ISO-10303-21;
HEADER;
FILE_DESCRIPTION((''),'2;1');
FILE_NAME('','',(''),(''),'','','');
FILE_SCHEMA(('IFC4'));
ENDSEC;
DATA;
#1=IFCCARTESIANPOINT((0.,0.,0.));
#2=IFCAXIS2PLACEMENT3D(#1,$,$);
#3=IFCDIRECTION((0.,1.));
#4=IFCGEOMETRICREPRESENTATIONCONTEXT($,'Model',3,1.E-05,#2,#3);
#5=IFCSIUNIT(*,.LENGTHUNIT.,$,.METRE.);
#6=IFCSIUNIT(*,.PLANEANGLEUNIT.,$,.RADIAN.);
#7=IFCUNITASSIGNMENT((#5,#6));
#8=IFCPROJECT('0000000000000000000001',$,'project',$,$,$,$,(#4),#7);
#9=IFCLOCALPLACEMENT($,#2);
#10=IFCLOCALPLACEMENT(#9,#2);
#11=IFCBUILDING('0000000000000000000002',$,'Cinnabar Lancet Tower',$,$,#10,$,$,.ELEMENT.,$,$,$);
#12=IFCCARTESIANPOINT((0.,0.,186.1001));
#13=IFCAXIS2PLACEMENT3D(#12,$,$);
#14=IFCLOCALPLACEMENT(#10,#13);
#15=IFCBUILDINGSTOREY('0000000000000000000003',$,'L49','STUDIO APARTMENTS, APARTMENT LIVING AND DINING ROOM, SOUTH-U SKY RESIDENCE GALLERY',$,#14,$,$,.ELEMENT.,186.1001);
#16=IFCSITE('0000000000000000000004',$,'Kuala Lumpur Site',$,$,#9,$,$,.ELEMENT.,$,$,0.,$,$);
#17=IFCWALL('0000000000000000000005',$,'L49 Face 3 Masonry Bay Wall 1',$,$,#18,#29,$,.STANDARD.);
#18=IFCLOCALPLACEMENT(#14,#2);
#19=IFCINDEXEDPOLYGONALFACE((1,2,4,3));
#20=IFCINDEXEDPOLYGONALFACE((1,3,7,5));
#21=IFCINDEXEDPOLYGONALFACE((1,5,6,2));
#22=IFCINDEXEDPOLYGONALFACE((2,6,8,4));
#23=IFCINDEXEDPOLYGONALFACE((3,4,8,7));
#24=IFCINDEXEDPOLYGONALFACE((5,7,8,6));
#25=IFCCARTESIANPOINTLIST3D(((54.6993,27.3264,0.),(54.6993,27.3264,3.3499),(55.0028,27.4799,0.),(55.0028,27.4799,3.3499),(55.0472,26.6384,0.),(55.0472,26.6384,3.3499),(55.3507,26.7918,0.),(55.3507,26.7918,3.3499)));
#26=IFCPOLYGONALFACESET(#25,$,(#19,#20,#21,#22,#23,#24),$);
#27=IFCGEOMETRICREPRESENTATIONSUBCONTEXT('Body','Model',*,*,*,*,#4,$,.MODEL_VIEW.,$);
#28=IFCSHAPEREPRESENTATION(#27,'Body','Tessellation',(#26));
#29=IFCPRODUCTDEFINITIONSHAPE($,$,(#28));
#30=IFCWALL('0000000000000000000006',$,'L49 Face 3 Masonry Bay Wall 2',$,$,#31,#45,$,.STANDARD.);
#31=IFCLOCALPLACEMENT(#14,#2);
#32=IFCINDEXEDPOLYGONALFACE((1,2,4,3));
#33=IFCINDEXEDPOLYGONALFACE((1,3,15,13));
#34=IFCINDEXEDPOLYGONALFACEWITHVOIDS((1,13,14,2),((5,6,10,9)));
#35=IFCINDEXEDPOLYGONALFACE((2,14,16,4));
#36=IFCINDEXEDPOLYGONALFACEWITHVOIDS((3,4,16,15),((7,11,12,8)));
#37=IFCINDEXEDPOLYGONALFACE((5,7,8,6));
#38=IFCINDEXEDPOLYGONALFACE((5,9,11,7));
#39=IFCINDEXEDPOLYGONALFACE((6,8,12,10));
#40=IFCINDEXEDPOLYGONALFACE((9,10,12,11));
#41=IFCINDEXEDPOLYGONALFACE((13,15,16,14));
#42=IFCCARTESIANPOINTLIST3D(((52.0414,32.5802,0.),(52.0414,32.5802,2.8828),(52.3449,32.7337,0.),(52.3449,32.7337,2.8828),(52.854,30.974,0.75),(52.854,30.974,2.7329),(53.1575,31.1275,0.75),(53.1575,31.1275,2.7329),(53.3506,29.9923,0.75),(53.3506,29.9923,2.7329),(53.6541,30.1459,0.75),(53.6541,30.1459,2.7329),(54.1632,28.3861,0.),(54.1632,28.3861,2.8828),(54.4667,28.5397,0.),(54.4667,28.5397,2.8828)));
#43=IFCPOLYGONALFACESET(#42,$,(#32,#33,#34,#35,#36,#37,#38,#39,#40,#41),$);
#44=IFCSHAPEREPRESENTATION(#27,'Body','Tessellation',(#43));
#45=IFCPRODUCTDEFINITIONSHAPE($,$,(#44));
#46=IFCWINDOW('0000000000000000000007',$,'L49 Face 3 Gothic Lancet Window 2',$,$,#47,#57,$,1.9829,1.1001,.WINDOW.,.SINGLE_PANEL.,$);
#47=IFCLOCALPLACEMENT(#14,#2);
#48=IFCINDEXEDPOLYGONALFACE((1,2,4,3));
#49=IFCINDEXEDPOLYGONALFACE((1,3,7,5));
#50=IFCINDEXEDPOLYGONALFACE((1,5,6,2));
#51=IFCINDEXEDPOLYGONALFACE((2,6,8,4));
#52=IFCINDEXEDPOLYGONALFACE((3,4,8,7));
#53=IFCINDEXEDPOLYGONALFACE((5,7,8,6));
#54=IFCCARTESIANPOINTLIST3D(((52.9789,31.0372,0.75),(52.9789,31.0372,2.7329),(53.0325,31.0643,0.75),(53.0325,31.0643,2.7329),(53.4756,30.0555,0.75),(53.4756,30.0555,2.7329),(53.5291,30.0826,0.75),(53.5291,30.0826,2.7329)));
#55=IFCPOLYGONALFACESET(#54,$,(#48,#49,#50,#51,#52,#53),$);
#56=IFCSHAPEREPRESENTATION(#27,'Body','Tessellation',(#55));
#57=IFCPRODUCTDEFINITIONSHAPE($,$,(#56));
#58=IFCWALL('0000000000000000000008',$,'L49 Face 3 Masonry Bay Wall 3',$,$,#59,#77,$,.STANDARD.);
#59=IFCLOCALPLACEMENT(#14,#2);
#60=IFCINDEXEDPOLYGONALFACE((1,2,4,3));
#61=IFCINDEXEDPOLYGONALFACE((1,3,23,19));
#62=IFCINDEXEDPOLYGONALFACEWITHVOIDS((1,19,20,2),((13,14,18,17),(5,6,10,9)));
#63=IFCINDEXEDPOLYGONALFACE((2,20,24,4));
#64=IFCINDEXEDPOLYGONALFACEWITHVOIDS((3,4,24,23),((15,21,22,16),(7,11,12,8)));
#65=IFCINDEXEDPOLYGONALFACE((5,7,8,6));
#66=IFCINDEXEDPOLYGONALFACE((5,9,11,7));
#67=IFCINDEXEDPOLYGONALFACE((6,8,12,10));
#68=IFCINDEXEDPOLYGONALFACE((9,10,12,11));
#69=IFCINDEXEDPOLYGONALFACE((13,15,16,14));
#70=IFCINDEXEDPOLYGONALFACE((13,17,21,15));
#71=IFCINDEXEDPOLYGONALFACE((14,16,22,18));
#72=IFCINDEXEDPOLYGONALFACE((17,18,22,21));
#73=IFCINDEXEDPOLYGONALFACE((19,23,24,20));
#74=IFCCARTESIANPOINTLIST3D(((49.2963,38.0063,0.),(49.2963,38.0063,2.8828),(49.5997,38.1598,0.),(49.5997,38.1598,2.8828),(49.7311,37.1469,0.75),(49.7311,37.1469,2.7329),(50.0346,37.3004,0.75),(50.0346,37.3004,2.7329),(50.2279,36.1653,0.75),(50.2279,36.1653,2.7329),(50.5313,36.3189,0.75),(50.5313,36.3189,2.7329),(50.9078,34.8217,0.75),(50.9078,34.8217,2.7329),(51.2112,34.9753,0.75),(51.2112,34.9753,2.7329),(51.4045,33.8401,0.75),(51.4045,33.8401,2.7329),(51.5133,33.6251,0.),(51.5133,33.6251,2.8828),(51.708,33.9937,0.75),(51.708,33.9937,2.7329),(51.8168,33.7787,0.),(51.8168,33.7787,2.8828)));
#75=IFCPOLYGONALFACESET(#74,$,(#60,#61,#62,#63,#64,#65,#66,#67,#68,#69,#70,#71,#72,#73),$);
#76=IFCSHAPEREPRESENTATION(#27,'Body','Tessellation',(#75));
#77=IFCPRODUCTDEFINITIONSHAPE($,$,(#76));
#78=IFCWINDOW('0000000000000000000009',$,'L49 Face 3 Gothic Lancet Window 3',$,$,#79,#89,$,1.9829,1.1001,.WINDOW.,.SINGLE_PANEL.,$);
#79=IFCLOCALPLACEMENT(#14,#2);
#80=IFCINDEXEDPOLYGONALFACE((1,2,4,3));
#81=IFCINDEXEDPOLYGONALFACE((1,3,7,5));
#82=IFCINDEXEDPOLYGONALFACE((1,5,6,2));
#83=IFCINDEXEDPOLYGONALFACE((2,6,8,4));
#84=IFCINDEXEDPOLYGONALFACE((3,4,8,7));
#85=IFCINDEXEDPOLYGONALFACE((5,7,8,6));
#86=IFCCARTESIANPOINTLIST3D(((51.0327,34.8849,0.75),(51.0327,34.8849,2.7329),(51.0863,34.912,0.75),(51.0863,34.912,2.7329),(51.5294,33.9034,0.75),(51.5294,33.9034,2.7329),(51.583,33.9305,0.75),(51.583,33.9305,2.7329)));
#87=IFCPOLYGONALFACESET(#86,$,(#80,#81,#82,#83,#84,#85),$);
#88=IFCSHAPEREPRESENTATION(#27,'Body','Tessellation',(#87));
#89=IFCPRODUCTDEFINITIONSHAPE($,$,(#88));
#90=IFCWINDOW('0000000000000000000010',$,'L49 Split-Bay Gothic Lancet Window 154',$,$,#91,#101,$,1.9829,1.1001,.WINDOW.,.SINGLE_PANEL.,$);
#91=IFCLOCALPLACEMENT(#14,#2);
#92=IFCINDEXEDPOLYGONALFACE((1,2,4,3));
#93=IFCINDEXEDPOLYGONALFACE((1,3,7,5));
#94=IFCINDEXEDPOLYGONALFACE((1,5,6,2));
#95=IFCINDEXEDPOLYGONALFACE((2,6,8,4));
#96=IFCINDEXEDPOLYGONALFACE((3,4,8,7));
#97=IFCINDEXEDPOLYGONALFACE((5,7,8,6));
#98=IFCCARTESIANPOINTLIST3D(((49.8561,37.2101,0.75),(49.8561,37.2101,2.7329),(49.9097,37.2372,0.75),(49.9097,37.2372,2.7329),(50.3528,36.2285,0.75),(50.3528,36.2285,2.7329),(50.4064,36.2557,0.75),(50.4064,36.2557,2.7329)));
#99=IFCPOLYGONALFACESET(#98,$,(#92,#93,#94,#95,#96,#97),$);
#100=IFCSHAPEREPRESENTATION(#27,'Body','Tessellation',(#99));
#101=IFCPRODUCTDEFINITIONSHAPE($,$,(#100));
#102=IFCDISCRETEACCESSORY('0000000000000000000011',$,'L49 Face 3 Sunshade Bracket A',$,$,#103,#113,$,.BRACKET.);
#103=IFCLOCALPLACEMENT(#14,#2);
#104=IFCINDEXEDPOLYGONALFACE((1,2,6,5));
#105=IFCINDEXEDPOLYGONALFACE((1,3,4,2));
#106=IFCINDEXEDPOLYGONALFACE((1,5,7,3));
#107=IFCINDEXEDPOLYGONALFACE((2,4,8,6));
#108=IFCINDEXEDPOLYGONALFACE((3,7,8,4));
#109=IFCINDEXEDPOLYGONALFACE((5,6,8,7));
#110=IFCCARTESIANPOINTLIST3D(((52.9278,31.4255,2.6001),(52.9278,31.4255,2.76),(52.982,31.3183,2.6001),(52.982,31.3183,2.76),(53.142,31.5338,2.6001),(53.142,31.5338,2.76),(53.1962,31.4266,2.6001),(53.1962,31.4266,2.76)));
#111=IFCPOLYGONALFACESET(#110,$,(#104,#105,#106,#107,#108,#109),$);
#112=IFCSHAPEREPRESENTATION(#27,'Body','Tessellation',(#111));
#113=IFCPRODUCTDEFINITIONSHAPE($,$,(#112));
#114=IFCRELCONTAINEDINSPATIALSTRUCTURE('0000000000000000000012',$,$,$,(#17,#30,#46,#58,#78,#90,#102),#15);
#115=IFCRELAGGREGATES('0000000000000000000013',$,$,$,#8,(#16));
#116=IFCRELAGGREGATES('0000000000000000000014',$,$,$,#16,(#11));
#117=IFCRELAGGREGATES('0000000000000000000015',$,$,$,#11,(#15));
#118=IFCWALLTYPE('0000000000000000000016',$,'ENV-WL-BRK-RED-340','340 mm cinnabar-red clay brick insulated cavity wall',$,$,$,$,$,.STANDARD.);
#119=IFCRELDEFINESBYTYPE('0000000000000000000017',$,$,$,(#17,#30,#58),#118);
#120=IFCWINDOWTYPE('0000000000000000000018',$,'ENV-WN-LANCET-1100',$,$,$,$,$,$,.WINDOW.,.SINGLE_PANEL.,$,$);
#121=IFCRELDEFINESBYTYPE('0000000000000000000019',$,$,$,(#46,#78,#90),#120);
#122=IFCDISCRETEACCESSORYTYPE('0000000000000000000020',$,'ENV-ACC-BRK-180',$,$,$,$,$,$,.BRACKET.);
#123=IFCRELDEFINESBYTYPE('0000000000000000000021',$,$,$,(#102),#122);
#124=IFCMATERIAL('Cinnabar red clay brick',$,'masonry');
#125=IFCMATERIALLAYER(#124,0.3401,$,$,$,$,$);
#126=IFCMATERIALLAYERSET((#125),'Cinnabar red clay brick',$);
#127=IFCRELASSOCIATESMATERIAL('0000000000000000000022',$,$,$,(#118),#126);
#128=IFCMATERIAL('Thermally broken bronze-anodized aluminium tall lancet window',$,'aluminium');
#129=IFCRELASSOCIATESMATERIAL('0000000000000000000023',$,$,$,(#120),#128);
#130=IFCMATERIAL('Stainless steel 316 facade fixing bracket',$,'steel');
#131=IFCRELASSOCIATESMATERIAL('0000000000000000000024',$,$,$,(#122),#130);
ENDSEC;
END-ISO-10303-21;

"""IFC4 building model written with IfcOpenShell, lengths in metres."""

from ifc_helpers import new_model, si_unit, direction, frame, frame_2d, origin, origin_2d, place, context, subcontext, project, spatial, rectangle, extrude, material, layer, layer_set, type_object, element, fill, save


model = new_model("IFC4")

# Units and contexts
model_context = context("Model", 3, precision=1e-05, world=origin(), true_north=direction((0.0, 1.0)))
body_context = subcontext(model_context, "Body", "Model", "MODEL_VIEW")
ifc_project = project(units=[si_unit("LENGTHUNIT", "METRE"), si_unit("PLANEANGLEUNIT", "RADIAN")], contexts=[model_context])

# Site, building, storey
site_placement = place(None, origin())
site = spatial("IfcSite", under=ifc_project, at=site_placement, Name="Kuala Lumpur Site", CompositionType="ELEMENT", RefElevation=0.0)
building_placement = place(site_placement, origin())
building = spatial("IfcBuilding", under=site, at=building_placement, Name="Cinnabar Lancet Tower", CompositionType="ELEMENT")
storey_placement = place(building_placement, frame((0.0, 0.0, 186.1001)))
storey = spatial("IfcBuildingStorey", under=building, at=storey_placement, Name="L49", Description="STUDIO APARTMENTS, APARTMENT LIVING AND DINING ROOM, SOUTH-U SKY RESIDENCE GALLERY", CompositionType="ELEMENT", Elevation=186.1001)

# Wall
ifc_material_1 = material(Name="Cinnabar red clay brick", Category="masonry")
ifc_layer_1 = layer(ifc_material_1, 0.3401)
ifc_layer_set_1 = layer_set([ifc_layer_1], Name="Cinnabar red clay brick")
wall_type_1 = type_object("IfcWallType", Name="ENV-WL-BRK-RED-340", Description="340 mm cinnabar-red clay brick insulated cavity wall", PredefinedType="STANDARD", material=ifc_layer_set_1)
wall_1_placement = place(storey_placement, frame((55.199, 26.7151, 0.0), z_axis=(0.0, 0.0, 1.0), x_axis=(-0.451262, 0.892391, 0.0)))
element("IfcWall", 1, at=wall_1_placement, inside=storey, type_object=wall_type_1, Name="L49 Face 3 Masonry Bay Wall 1", PredefinedType="STANDARD", context=body_context, shape_type="SweptSolid", body=[
    extrude(rectangle(XDim=0.771, YDim=0.3401, at=frame_2d((0.3855, 0.0))), origin(), (0.0, 0.0, 1.0), 3.3499),
])

# Wall, opening, window
wall_2_placement = place(storey_placement, frame((54.3149, 28.4629, 0.0), z_axis=(0.0, 0.0, 1.0), x_axis=(-0.451426, 0.892308, 0.0)))
wall_2 = element("IfcWall", 2, at=wall_2_placement, inside=storey, type_object=wall_type_1, Name="L49 Face 3 Masonry Bay Wall 2", PredefinedType="STANDARD", context=body_context, shape_type="SweptSolid", body=[
    extrude(rectangle(XDim=4.7002, YDim=0.3401, at=frame_2d((2.3501, 0.0))), origin(), (0.0, 0.0, 1.0), 2.8828),
])
opening_1_placement = place(wall_2_placement, frame((1.8, 0.0, 0.75)))
opening_1 = element("IfcOpeningElement", 3, at=opening_1_placement, cuts=wall_2, PredefinedType="OPENING", context=body_context, shape_type="SweptSolid", body=[
    extrude(rectangle(XDim=1.1001, YDim=1.9829, at=frame_2d((0.55, 0.9915))), frame((0.0, 0.1799, 0.0), z_axis=(0.0, -1.0, 0.0), x_axis=(1.0, 0.0, 0.0)), (0.0, 0.0, 1.0), 0.3601),
])
ifc_material_2 = material(Name="Thermally broken bronze-anodized aluminium tall lancet window", Category="aluminium")
window_type = type_object("IfcWindowType", Name="ENV-WN-LANCET-1100", PartitioningType="SINGLE_PANEL", PredefinedType="WINDOW", material=ifc_material_2)
window_1_placement = place(opening_1_placement, origin())
window_1 = element("IfcWindow", 4, at=window_1_placement, inside=storey, type_object=window_type, Name="L49 Face 3 Gothic Lancet Window 2", OverallHeight=1.9829, OverallWidth=1.1001, PartitioningType="SINGLE_PANEL", PredefinedType="WINDOW", context=body_context, shape_type="SweptSolid", body=[
    extrude(rectangle(XDim=1.1001, YDim=1.9829, at=frame_2d((0.55, 0.9915))), frame((0.0, 0.03, 0.0), z_axis=(0.0, -1.0, 0.0), x_axis=(1.0, 0.0, 0.0)), (0.0, 0.0, 1.0), 0.0601),
])
fill(opening_1, window_1)

# Wall, openings, windows
wall_3_placement = place(storey_placement, frame((51.665, 33.7019, 0.0), z_axis=(0.0, 0.0, 1.0), x_axis=(-0.451524, 0.892259, 0.0)))
wall_3 = element("IfcWall", 5, at=wall_3_placement, inside=storey, type_object=wall_type_1, Name="L49 Face 3 Masonry Bay Wall 3", PredefinedType="STANDARD", context=body_context, shape_type="SweptSolid", body=[
    extrude(rectangle(XDim=4.9102, YDim=0.3401, at=frame_2d((2.4551, 0.0))), origin(), (0.0, 0.0, 1.0), 2.8828),
])
opening_2_placement = place(wall_3_placement, frame((0.241, 0.0, 0.75)))
opening_2 = element("IfcOpeningElement", 6, at=opening_2_placement, cuts=wall_3, PredefinedType="OPENING", context=body_context, shape_type="SweptSolid", body=[
    extrude(rectangle(XDim=1.1001, YDim=1.9829, at=frame_2d((0.55, 0.9915))), frame((0.0, 0.1799, 0.0), z_axis=(0.0, -1.0, 0.0), x_axis=(1.0, 0.0, 0.0)), (0.0, 0.0, 1.0), 0.3601),
])
opening_3_placement = place(wall_3_placement, frame((2.8469, 0.0, 0.75)))
opening_3 = element("IfcOpeningElement", 7, at=opening_3_placement, cuts=wall_3, PredefinedType="OPENING", context=body_context, shape_type="SweptSolid", body=[
    extrude(rectangle(XDim=1.1001, YDim=1.9829, at=frame_2d((0.55, 0.9915))), frame((0.0, 0.1799, 0.0), z_axis=(0.0, -1.0, 0.0), x_axis=(1.0, 0.0, 0.0)), (0.0, 0.0, 1.0), 0.3601),
])
window_2_placement = place(opening_2_placement, origin())
window_2 = element("IfcWindow", 8, at=window_2_placement, inside=storey, type_object=window_type, Name="L49 Face 3 Gothic Lancet Window 3", OverallHeight=1.9829, OverallWidth=1.1001, PartitioningType="SINGLE_PANEL", PredefinedType="WINDOW", context=body_context, shape_type="SweptSolid", body=[
    extrude(rectangle(XDim=1.1001, YDim=1.9829, at=frame_2d((0.55, 0.9915))), frame((0.0, 0.03, 0.0), z_axis=(0.0, -1.0, 0.0), x_axis=(1.0, 0.0, 0.0)), (0.0, 0.0, 1.0), 0.0601),
])
fill(opening_2, window_2)
window_3_placement = place(opening_3_placement, origin())
window_3 = element("IfcWindow", 9, at=window_3_placement, inside=storey, type_object=window_type, Name="L49 Split-Bay Gothic Lancet Window 154", OverallHeight=1.9829, OverallWidth=1.1001, PartitioningType="SINGLE_PANEL", PredefinedType="WINDOW", context=body_context, shape_type="SweptSolid", body=[
    extrude(rectangle(XDim=1.1001, YDim=1.9829, at=frame_2d((0.55, 0.9915))), frame((0.0, 0.03, 0.0), z_axis=(0.0, -1.0, 0.0), x_axis=(1.0, 0.0, 0.0)), (0.0, 0.0, 1.0), 0.0601),
])
fill(opening_3, window_3)

# Discrete accessory
ifc_material_3 = material(Name="Stainless steel 316 facade fixing bracket", Category="steel")
discrete_accessory_type = type_object("IfcDiscreteAccessoryType", Name="ENV-ACC-BRK-180", PredefinedType="BRACKET", material=ifc_material_3)
discrete_accessory_placement = place(storey_placement, frame((53.062, 31.426, 2.6001), z_axis=(0.0, 0.0, 1.0), x_axis=(-0.451407, 0.892318, 0.0)))
element("IfcDiscreteAccessory", 10, at=discrete_accessory_placement, inside=storey, type_object=discrete_accessory_type, Name="L49 Face 3 Sunshade Bracket A", PredefinedType="BRACKET", context=body_context, shape_type="SweptSolid", body=[
    extrude(rectangle(XDim=0.1201, YDim=0.24, at=origin_2d()), origin(), (0.0, 0.0, 1.0), 0.1599),
])

save(model, "model.ifc")
